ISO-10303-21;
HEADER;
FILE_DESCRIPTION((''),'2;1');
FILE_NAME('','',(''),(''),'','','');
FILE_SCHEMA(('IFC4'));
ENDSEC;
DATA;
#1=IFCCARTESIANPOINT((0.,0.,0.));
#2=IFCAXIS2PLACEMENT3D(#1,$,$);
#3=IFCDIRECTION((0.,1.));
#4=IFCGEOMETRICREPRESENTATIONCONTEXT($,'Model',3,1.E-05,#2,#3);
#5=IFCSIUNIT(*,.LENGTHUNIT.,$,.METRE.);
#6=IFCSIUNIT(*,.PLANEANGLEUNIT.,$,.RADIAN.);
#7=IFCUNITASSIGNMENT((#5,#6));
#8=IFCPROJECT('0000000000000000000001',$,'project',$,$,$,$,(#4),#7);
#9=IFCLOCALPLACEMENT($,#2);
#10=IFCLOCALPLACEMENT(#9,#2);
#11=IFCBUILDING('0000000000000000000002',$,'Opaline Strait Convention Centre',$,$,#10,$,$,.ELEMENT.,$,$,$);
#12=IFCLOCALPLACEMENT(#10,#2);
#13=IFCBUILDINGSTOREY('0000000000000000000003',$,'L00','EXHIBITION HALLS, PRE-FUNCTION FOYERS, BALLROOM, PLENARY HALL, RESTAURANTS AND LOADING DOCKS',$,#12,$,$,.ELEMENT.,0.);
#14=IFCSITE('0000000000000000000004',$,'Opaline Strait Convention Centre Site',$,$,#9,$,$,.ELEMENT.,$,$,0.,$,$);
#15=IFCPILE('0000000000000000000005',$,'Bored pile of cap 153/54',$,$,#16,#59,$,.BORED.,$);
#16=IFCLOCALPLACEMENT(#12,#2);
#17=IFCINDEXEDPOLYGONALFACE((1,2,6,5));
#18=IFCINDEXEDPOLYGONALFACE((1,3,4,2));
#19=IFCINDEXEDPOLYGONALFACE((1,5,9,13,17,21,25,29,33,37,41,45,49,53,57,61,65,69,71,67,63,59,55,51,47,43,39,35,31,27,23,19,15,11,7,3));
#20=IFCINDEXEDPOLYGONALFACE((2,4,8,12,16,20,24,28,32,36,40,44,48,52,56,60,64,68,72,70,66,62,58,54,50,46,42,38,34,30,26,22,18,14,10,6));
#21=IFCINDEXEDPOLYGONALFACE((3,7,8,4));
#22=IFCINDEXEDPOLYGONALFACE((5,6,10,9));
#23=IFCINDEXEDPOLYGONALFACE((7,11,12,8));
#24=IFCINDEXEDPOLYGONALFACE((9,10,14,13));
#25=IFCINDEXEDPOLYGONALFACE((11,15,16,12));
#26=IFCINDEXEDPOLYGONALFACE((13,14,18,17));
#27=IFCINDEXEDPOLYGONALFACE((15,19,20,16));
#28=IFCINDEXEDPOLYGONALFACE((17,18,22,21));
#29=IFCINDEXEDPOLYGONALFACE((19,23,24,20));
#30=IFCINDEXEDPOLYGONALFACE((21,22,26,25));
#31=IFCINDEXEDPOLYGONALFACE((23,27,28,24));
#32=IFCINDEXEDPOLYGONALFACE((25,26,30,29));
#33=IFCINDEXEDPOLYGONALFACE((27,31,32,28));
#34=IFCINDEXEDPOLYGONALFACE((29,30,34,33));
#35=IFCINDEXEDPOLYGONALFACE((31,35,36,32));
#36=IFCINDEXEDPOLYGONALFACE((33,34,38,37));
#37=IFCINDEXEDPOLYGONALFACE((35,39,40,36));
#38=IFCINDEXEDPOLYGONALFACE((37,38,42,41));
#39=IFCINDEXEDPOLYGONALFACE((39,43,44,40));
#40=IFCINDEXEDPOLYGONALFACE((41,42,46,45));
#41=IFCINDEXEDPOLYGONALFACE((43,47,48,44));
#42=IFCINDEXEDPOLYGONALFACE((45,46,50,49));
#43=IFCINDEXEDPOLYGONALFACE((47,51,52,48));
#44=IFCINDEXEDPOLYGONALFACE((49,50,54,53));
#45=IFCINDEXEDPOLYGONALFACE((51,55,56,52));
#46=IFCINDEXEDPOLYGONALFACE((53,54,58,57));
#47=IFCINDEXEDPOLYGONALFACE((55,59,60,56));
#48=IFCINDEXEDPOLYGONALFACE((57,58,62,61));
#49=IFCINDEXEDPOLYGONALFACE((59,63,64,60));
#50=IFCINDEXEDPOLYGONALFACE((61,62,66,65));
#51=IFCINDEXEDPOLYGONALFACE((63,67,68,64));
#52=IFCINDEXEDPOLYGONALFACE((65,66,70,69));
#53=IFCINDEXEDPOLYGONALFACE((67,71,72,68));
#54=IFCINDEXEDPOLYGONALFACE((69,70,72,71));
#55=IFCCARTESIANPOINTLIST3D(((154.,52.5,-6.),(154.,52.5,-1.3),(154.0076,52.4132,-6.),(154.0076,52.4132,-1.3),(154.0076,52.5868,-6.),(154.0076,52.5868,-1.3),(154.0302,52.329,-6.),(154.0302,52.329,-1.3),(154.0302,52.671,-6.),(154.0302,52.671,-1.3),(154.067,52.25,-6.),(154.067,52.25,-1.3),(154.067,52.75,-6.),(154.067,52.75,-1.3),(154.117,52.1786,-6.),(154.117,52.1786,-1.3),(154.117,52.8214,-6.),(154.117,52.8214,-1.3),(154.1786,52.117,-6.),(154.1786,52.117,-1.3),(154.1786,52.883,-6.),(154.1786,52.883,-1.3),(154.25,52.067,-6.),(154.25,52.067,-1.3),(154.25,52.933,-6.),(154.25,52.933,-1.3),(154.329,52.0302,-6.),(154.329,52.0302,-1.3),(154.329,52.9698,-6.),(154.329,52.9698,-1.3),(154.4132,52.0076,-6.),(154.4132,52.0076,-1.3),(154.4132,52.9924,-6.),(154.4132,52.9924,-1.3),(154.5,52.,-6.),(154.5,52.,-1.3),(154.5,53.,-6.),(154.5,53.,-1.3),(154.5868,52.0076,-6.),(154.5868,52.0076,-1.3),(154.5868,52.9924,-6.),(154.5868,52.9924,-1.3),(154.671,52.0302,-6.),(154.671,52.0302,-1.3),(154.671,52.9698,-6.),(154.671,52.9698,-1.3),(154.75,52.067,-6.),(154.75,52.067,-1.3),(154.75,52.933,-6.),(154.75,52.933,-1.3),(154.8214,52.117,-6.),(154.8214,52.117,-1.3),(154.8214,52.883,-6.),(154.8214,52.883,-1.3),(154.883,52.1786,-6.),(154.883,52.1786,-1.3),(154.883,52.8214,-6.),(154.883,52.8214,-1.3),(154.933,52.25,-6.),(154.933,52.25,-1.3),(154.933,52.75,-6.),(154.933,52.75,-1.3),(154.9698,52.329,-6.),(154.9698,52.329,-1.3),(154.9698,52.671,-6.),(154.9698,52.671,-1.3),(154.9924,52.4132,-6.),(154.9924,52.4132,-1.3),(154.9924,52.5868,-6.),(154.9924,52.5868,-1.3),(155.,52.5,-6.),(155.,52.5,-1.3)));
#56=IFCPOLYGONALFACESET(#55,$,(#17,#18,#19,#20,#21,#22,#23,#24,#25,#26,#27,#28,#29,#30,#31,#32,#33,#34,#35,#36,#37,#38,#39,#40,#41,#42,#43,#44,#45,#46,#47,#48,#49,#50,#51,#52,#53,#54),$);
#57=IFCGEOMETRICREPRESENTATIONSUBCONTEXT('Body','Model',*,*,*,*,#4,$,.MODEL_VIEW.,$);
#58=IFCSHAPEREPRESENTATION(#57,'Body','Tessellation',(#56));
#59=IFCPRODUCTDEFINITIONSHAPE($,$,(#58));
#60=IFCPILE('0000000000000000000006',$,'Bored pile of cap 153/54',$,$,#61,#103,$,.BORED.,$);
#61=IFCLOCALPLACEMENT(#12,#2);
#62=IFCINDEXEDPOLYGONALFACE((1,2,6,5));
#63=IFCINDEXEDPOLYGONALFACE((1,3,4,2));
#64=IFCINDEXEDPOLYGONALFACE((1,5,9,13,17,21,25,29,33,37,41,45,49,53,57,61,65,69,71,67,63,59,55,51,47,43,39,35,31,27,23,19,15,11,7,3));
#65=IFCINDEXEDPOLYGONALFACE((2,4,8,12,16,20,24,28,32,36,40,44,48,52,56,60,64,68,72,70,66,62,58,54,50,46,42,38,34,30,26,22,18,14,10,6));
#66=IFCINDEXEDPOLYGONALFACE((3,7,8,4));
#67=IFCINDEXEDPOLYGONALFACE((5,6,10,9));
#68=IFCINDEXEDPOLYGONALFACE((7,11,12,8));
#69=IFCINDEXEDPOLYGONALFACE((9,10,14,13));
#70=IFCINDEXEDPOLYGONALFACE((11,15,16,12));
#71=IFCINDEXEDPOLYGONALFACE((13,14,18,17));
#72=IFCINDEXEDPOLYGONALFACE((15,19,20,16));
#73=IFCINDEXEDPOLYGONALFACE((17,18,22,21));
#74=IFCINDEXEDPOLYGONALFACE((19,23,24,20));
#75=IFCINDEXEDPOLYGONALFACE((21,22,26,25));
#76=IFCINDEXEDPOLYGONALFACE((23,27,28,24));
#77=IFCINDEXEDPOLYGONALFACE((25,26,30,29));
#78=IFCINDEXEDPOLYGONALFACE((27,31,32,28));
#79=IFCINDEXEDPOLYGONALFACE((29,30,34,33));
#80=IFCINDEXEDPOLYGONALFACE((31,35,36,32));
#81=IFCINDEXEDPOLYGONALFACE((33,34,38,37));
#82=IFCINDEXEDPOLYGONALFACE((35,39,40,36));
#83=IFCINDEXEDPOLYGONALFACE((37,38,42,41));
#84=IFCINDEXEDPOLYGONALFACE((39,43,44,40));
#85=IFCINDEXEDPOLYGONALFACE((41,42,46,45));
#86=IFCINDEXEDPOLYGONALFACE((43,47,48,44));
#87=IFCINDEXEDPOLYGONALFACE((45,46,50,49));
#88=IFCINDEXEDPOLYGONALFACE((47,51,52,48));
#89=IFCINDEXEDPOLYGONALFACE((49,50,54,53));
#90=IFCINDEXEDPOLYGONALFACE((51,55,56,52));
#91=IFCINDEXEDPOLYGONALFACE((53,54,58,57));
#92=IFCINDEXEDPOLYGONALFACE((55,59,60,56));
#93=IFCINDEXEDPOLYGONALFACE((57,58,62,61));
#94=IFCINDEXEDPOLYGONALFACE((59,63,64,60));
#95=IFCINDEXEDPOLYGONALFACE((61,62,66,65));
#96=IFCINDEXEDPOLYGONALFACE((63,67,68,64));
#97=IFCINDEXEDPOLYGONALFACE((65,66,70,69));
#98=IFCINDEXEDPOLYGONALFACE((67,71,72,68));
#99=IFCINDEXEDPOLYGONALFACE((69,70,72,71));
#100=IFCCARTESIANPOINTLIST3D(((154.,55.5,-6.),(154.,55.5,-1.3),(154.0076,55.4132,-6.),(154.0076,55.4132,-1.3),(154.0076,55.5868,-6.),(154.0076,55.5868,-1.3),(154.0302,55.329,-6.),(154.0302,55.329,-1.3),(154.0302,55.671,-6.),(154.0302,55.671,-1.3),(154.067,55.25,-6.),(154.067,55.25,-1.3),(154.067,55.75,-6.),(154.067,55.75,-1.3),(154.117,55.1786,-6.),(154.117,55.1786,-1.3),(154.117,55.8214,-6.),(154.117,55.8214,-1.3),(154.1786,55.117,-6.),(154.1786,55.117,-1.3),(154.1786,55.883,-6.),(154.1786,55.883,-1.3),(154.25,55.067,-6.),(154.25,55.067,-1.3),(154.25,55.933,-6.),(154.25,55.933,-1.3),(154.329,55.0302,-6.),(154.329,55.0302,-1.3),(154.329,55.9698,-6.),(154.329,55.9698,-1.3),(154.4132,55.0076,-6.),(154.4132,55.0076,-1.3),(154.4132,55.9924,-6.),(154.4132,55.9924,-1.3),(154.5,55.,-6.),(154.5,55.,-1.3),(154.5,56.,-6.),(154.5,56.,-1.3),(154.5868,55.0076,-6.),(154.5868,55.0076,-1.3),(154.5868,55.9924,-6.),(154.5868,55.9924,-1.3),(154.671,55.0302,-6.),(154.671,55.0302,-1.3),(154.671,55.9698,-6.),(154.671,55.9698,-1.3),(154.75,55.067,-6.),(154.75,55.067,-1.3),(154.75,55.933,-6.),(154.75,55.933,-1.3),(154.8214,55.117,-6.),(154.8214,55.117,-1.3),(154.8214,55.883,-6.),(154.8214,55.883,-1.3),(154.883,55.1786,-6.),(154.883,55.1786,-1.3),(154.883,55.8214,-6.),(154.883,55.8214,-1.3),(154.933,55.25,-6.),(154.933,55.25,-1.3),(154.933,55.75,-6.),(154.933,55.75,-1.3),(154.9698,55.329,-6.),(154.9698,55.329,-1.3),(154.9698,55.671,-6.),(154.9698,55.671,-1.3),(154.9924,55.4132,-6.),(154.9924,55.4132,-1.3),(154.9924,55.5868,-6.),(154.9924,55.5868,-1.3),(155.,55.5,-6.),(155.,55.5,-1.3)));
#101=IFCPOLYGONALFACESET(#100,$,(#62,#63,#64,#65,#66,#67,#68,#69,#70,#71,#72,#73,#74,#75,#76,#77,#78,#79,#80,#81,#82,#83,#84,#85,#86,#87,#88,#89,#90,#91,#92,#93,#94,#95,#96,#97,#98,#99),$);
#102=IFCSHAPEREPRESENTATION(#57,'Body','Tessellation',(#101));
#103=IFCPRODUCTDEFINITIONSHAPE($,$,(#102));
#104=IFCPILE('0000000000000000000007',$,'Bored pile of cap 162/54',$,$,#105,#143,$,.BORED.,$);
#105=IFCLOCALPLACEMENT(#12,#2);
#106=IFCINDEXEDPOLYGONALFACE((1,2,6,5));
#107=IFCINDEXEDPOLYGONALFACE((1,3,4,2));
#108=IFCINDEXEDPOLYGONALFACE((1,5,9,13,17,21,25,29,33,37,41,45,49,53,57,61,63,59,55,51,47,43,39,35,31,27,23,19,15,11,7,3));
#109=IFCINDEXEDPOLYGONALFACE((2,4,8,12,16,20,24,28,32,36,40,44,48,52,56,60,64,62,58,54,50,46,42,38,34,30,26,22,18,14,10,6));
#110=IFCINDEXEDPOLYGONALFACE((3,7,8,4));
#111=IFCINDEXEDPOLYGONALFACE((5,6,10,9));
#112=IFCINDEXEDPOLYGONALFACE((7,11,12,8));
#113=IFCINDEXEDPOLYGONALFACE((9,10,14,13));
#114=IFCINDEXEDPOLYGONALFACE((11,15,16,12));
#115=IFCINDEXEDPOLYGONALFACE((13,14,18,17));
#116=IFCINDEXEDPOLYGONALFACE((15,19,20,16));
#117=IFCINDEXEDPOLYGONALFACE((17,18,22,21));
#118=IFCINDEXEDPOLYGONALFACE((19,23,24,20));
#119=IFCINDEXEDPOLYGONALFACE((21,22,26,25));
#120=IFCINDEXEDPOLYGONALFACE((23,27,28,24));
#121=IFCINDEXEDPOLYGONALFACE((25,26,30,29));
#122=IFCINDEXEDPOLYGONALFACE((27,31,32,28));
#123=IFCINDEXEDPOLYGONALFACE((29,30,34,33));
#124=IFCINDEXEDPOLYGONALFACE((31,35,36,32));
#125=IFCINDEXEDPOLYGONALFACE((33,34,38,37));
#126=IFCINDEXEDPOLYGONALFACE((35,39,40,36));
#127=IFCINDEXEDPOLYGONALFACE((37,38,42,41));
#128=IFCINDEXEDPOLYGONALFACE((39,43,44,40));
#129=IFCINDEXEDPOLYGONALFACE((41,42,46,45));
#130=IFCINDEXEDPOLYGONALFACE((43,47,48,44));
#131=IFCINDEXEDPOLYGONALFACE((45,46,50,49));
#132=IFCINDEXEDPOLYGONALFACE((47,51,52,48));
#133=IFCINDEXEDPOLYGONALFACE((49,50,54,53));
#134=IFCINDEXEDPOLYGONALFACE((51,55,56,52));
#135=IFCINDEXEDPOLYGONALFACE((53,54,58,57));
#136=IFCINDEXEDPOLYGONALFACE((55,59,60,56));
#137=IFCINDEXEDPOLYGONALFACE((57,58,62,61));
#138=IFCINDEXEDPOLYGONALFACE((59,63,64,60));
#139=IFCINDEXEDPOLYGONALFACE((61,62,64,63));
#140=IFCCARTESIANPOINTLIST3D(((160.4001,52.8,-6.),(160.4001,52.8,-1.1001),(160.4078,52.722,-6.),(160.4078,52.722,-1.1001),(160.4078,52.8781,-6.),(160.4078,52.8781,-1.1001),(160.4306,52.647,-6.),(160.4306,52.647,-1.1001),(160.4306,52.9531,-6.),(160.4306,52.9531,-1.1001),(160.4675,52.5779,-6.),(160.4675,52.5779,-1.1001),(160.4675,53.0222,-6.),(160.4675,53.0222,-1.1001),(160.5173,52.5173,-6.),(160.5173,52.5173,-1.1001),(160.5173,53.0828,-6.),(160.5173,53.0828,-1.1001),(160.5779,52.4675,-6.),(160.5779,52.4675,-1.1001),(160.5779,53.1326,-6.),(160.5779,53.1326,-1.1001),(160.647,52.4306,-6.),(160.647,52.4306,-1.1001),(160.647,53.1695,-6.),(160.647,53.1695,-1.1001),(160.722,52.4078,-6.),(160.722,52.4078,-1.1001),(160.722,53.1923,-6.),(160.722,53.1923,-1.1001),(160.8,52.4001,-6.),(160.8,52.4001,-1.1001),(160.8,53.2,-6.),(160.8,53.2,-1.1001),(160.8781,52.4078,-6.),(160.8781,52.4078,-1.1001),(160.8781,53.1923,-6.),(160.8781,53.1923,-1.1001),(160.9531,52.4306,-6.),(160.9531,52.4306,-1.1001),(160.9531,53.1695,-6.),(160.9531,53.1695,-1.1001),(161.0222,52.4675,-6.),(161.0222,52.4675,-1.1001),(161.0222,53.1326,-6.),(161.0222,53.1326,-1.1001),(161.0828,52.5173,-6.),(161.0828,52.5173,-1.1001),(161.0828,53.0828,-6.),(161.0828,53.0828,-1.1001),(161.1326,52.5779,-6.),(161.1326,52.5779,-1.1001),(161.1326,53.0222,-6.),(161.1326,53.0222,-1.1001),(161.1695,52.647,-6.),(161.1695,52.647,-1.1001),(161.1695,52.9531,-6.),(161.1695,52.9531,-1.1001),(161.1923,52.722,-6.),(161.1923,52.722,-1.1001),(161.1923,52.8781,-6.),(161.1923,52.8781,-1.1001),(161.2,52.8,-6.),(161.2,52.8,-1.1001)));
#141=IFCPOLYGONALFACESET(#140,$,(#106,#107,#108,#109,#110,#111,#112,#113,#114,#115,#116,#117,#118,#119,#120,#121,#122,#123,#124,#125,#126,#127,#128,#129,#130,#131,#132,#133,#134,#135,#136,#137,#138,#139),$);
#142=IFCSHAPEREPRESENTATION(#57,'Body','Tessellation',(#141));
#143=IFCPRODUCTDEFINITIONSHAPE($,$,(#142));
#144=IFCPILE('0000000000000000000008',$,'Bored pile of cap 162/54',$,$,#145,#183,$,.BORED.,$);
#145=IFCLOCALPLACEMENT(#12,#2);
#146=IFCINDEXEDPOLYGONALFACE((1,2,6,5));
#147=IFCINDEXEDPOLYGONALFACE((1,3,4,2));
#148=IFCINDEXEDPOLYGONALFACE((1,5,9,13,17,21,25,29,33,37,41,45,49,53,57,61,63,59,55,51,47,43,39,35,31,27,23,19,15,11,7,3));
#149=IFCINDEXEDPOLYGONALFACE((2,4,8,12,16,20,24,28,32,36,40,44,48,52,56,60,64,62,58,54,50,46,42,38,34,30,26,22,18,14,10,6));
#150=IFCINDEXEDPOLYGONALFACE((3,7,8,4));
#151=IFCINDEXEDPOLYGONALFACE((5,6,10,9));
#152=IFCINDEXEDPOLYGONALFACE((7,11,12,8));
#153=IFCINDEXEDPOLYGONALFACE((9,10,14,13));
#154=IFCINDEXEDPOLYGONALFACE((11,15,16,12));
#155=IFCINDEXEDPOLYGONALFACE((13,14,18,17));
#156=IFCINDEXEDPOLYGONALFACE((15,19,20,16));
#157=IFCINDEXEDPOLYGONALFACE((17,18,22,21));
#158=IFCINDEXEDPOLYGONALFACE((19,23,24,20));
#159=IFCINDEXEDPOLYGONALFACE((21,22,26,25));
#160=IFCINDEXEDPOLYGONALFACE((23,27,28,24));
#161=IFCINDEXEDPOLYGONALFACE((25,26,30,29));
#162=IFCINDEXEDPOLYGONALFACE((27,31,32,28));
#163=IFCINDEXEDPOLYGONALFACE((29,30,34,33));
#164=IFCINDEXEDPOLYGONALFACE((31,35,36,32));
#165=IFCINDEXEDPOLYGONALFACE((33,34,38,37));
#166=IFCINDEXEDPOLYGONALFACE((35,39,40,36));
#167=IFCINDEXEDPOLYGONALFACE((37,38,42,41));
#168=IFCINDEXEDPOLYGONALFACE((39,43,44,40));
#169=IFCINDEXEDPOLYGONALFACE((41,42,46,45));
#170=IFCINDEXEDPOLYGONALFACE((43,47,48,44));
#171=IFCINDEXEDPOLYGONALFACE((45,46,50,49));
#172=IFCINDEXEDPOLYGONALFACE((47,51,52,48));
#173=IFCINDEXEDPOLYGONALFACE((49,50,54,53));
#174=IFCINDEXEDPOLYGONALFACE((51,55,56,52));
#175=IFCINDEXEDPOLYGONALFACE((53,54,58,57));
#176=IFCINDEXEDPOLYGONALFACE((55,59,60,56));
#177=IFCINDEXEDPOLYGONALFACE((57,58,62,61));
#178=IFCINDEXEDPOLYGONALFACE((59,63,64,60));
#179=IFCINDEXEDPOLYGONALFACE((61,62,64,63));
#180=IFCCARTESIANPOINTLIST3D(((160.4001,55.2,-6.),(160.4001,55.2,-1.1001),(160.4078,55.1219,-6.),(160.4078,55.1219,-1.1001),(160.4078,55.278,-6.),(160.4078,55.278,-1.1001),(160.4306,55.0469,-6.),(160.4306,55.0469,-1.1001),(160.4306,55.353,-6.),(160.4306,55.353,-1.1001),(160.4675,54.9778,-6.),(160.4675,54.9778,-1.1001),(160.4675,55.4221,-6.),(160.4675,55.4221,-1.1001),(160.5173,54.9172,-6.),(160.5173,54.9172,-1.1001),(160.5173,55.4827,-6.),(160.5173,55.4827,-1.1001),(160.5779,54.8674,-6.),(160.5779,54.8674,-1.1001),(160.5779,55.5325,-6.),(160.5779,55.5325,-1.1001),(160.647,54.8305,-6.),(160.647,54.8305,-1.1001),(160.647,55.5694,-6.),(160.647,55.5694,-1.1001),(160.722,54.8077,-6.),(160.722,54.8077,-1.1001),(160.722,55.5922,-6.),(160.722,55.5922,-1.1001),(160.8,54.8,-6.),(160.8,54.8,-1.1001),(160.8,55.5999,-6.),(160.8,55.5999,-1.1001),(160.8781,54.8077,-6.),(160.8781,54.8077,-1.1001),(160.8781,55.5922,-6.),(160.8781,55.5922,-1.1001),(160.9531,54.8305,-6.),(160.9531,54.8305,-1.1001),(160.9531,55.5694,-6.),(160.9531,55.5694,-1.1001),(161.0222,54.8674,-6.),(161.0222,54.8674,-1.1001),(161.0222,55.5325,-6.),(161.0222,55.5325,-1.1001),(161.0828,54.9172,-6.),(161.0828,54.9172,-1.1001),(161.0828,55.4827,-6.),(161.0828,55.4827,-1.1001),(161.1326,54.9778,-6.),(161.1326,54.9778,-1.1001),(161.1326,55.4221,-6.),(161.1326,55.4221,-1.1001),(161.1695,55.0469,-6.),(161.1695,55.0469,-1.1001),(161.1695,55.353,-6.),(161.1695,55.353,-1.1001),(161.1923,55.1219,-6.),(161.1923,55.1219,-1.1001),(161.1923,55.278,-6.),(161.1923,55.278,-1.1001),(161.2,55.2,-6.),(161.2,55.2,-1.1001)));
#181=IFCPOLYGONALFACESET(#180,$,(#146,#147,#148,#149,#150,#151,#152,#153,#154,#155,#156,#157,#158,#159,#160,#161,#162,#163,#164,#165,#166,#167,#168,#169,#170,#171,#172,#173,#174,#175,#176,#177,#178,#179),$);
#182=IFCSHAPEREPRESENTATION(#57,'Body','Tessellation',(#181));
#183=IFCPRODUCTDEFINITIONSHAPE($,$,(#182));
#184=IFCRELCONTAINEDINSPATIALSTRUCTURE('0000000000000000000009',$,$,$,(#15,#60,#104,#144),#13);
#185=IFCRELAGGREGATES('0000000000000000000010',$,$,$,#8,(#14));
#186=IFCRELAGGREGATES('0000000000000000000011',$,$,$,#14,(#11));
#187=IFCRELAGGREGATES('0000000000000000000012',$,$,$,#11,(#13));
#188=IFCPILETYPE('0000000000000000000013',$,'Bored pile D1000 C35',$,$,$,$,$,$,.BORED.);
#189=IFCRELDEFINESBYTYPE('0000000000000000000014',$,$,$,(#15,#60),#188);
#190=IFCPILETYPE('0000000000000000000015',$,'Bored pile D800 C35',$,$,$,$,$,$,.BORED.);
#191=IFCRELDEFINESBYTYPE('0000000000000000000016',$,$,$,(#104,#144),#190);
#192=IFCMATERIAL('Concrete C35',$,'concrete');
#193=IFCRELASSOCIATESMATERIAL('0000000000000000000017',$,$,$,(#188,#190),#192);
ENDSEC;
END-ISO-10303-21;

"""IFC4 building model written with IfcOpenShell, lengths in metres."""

from ifc_helpers import new_model, si_unit, direction, frame, origin, origin_2d, place, context, subcontext, project, spatial, circle, extrude, material, material_profile, profile_set, type_object, element, save


model = new_model("IFC4")

# Units and contexts
model_context = context("Model", 3, precision=1e-05, world=origin(), true_north=direction((0.0, 1.0)))
body_context = subcontext(model_context, "Body", "Model", "MODEL_VIEW")
ifc_project = project(units=[si_unit("LENGTHUNIT", "METRE"), si_unit("PLANEANGLEUNIT", "RADIAN")], contexts=[model_context])

# Site, building, storey
site_placement = place(None, origin())
site = spatial("IfcSite", under=ifc_project, at=site_placement, Name="Opaline Strait Convention Centre Site", CompositionType="ELEMENT", RefElevation=0.0)
building_placement = place(site_placement, origin())
building = spatial("IfcBuilding", under=site, at=building_placement, Name="Opaline Strait Convention Centre", CompositionType="ELEMENT")
storey_placement = place(building_placement, origin())
storey = spatial("IfcBuildingStorey", under=building, at=storey_placement, Name="L00", Description="EXHIBITION HALLS, PRE-FUNCTION FOYERS, BALLROOM, PLENARY HALL, RESTAURANTS AND LOADING DOCKS", CompositionType="ELEMENT", Elevation=0.0)

# Piles
ifc_material_1 = material(Name="Concrete C35", Category="concrete")
ifc_material_profile_1 = material_profile(ifc_material_1, circle(Radius=0.5, at=origin_2d()), Name="D1000")
ifc_profile_set_1 = profile_set([ifc_material_profile_1], Name="Concrete C35")
pile_type_1 = type_object("IfcPileType", Name="Bored pile D1000 C35", PredefinedType="BORED", material=ifc_profile_set_1)
for number, where, z_axis, x_axis, name in (
    (1, (154.5, 52.5, -1.3), (0.0, 0.0, -1.0), (1.0, 0.0, 0.0), "Bored pile of cap 153/54"),
    (2, (154.5, 55.5, -1.3), (0.0, 0.0, -1.0), (1.0, 0.0, 0.0), "Bored pile of cap 153/54"),
):
    element("IfcPile", number, at=place(storey_placement, frame(where, z_axis=z_axis, x_axis=x_axis)), inside=storey, type_object=pile_type_1, Name=name, PredefinedType="BORED", context=body_context, shape_type="SweptSolid", body=[
        extrude(circle(Radius=0.5, at=origin_2d()), origin(), (0.0, 0.0, 1.0), 4.7),
    ])
ifc_material_profile_2 = material_profile(ifc_material_1, circle(Radius=0.3999, at=origin_2d()), Name="D800")
ifc_profile_set_2 = profile_set([ifc_material_profile_2], Name="Concrete C35")
pile_type_2 = type_object("IfcPileType", Name="Bored pile D800 C35", PredefinedType="BORED", material=ifc_profile_set_2)
for number, where, z_axis, x_axis, name in (
    (3, (160.8, 52.8, -1.1001), (0.0, 0.0, -1.0), (1.0, 0.0, 0.0), "Bored pile of cap 162/54"),
    (4, (160.8, 55.2, -1.1001), (0.0, 0.0, -1.0), (1.0, 0.0, 0.0), "Bored pile of cap 162/54"),
):
    element("IfcPile", number, at=place(storey_placement, frame(where, z_axis=z_axis, x_axis=x_axis)), inside=storey, type_object=pile_type_2, Name=name, PredefinedType="BORED", context=body_context, shape_type="SweptSolid", body=[
        extrude(circle(Radius=0.3999, at=origin_2d()), origin(), (0.0, 0.0, 1.0), 4.8999),
    ])

save(model, "model.ifc")
